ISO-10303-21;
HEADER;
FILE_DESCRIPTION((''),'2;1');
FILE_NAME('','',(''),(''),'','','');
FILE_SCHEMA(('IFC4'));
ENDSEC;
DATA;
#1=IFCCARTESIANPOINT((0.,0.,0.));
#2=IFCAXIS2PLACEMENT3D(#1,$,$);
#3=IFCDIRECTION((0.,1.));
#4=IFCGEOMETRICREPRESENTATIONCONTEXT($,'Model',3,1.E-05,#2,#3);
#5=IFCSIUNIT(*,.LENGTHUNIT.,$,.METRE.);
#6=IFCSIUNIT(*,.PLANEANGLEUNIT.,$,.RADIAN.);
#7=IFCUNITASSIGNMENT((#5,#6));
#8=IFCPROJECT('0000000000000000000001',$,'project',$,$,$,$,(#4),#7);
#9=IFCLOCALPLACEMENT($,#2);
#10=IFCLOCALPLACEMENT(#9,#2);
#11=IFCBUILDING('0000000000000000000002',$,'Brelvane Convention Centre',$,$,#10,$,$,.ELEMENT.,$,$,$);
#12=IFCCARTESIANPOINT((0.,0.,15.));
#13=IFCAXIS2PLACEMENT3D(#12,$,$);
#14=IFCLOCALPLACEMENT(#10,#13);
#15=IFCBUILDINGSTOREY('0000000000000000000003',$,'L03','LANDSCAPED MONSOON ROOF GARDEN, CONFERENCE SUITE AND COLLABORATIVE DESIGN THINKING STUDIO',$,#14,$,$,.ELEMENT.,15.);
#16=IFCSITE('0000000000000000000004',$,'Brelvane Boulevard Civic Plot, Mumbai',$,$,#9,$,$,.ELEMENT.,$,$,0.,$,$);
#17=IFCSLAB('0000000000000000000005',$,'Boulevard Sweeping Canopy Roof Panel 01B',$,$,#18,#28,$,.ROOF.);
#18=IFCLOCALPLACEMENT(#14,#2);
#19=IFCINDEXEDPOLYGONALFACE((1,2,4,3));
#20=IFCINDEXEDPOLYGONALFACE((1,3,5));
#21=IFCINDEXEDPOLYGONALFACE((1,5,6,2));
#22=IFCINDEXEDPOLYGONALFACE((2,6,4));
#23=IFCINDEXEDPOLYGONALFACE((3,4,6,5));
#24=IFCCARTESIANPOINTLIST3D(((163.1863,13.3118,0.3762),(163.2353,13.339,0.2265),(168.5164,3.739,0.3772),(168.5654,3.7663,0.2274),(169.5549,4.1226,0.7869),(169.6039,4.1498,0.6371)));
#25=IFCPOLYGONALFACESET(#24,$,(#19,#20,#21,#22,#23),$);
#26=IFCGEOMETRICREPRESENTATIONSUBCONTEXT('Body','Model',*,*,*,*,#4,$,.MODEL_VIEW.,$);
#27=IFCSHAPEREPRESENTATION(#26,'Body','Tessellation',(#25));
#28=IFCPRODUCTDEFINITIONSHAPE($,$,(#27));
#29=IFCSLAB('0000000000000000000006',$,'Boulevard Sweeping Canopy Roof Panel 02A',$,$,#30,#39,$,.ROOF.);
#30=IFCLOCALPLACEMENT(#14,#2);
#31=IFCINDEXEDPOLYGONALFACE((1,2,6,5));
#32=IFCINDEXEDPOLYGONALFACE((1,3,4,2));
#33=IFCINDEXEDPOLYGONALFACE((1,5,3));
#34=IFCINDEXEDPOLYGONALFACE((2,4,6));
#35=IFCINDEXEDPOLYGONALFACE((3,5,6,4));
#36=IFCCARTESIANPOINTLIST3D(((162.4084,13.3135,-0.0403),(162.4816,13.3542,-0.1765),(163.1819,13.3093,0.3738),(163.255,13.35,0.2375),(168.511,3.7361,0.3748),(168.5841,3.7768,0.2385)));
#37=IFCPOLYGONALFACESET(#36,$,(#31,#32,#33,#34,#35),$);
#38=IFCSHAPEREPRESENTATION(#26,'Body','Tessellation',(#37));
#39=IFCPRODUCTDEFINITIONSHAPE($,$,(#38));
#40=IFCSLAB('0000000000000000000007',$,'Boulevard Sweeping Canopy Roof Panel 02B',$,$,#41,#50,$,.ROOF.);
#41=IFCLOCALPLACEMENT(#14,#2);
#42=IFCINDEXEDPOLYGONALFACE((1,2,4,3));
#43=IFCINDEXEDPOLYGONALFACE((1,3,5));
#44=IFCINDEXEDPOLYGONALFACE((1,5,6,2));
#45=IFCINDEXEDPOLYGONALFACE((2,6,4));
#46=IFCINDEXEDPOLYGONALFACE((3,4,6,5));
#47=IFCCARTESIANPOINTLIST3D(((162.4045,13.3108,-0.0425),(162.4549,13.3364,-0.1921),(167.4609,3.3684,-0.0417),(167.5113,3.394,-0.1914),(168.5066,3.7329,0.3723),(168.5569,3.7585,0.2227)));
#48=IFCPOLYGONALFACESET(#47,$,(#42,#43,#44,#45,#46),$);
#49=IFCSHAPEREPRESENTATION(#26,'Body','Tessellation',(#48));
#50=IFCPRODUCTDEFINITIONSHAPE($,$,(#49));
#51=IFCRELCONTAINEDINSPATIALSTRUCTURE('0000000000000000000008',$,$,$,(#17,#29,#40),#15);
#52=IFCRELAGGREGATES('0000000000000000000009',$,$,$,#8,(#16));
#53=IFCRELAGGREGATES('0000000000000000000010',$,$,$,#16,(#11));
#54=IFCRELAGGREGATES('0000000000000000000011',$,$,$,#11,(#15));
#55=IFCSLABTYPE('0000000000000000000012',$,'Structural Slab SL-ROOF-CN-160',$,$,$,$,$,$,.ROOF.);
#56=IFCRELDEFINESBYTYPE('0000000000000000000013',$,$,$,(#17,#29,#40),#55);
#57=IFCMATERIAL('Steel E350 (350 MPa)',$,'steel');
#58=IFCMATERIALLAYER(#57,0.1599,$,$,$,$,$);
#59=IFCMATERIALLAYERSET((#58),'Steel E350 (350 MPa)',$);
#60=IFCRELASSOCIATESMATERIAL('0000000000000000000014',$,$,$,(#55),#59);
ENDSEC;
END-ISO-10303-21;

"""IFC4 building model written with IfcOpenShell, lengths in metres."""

from ifc_helpers import new_model, si_unit, direction, frame, origin, place, context, subcontext, project, spatial, polyline, outline, extrude, material, layer, layer_set, type_object, element, save


model = new_model("IFC4")

# Units and contexts
model_context = context("Model", 3, precision=1e-05, world=origin(), true_north=direction((0.0, 1.0)))
body_context = subcontext(model_context, "Body", "Model", "MODEL_VIEW")
ifc_project = project(units=[si_unit("LENGTHUNIT", "METRE"), si_unit("PLANEANGLEUNIT", "RADIAN")], contexts=[model_context])

# Site, building, storey
site_placement = place(None, origin())
site = spatial("IfcSite", under=ifc_project, at=site_placement, Name="Brelvane Boulevard Civic Plot, Mumbai", CompositionType="ELEMENT", RefElevation=0.0)
building_placement = place(site_placement, origin())
building = spatial("IfcBuilding", under=site, at=building_placement, Name="Brelvane Convention Centre", CompositionType="ELEMENT")
storey_placement = place(building_placement, frame((0.0, 0.0, 15.0)))
storey = spatial("IfcBuildingStorey", under=building, at=storey_placement, Name="L03", Description="LANDSCAPED MONSOON ROOF GARDEN, CONFERENCE SUITE AND COLLABORATIVE DESIGN THINKING STUDIO", CompositionType="ELEMENT", Elevation=15.0)

# Slabs
ifc_material_1 = material(Name="Steel E350 (350 MPa)", Category="steel")
ifc_layer_1 = layer(ifc_material_1, 0.1599)
ifc_layer_set_1 = layer_set([ifc_layer_1], Name="Steel E350 (350 MPa)")
slab_type = type_object("IfcSlabType", Name="Structural Slab SL-ROOF-CN-160", PredefinedType="ROOF", material=ifc_layer_set_1)
slab_1_placement = place(storey_placement, frame((169.5549, 4.1226, 0.7869), z_axis=(-0.306429, -0.170523, 0.936495), x_axis=(-0.879778, -0.324901, -0.34703)))
element("IfcSlab", 1, at=slab_1_placement, inside=storey, type_object=slab_type, Name="Boulevard Sweeping Canopy Roof Panel 01B", PredefinedType="ROOF", context=body_context, shape_type="SweptSolid", body=[
    extrude(outline(polyline([(0.0, 0.0), (1.1805, 0.0), (2.7599, -10.8422), (0.0, 0.0)])), origin(), (0.0, 0.0, -1.0), 0.1599),
])
slab_2_placement = place(storey_placement, frame((163.1819, 13.3093, 0.3738), z_axis=(-0.457485, -0.25458, 0.851996), x_axis=(0.486384, -0.873745, 0.000089)))
element("IfcSlab", 2, at=slab_2_placement, inside=storey, type_object=slab_type, Name="Boulevard Sweeping Canopy Roof Panel 02A", PredefinedType="ROOF", context=body_context, shape_type="SweptSolid", body=[
    extrude(outline(polyline([(0.0, 0.0), (10.9566, 0.0), (-0.3799, -0.7908), (0.0, 0.0)])), origin(), (0.0, 0.0, -1.0), 0.1599),
])
slab_3_placement = place(storey_placement, frame((168.5066, 3.7329, 0.3723), z_axis=(-0.314716, -0.159986, 0.935606), x_axis=(-0.884465, -0.308313, -0.350234)))
element("IfcSlab", 3, at=slab_3_placement, inside=storey, type_object=slab_type, Name="Boulevard Sweeping Canopy Roof Panel 02B", PredefinedType="ROOF", context=body_context, shape_type="SweptSolid", body=[
    extrude(outline(polyline([(0.0, 0.0), (1.1822, 0.0), (2.5893, -11.0652), (0.0, 0.0)])), origin(), (0.0, 0.0, -1.0), 0.1599),
])

save(model, "model.ifc")
